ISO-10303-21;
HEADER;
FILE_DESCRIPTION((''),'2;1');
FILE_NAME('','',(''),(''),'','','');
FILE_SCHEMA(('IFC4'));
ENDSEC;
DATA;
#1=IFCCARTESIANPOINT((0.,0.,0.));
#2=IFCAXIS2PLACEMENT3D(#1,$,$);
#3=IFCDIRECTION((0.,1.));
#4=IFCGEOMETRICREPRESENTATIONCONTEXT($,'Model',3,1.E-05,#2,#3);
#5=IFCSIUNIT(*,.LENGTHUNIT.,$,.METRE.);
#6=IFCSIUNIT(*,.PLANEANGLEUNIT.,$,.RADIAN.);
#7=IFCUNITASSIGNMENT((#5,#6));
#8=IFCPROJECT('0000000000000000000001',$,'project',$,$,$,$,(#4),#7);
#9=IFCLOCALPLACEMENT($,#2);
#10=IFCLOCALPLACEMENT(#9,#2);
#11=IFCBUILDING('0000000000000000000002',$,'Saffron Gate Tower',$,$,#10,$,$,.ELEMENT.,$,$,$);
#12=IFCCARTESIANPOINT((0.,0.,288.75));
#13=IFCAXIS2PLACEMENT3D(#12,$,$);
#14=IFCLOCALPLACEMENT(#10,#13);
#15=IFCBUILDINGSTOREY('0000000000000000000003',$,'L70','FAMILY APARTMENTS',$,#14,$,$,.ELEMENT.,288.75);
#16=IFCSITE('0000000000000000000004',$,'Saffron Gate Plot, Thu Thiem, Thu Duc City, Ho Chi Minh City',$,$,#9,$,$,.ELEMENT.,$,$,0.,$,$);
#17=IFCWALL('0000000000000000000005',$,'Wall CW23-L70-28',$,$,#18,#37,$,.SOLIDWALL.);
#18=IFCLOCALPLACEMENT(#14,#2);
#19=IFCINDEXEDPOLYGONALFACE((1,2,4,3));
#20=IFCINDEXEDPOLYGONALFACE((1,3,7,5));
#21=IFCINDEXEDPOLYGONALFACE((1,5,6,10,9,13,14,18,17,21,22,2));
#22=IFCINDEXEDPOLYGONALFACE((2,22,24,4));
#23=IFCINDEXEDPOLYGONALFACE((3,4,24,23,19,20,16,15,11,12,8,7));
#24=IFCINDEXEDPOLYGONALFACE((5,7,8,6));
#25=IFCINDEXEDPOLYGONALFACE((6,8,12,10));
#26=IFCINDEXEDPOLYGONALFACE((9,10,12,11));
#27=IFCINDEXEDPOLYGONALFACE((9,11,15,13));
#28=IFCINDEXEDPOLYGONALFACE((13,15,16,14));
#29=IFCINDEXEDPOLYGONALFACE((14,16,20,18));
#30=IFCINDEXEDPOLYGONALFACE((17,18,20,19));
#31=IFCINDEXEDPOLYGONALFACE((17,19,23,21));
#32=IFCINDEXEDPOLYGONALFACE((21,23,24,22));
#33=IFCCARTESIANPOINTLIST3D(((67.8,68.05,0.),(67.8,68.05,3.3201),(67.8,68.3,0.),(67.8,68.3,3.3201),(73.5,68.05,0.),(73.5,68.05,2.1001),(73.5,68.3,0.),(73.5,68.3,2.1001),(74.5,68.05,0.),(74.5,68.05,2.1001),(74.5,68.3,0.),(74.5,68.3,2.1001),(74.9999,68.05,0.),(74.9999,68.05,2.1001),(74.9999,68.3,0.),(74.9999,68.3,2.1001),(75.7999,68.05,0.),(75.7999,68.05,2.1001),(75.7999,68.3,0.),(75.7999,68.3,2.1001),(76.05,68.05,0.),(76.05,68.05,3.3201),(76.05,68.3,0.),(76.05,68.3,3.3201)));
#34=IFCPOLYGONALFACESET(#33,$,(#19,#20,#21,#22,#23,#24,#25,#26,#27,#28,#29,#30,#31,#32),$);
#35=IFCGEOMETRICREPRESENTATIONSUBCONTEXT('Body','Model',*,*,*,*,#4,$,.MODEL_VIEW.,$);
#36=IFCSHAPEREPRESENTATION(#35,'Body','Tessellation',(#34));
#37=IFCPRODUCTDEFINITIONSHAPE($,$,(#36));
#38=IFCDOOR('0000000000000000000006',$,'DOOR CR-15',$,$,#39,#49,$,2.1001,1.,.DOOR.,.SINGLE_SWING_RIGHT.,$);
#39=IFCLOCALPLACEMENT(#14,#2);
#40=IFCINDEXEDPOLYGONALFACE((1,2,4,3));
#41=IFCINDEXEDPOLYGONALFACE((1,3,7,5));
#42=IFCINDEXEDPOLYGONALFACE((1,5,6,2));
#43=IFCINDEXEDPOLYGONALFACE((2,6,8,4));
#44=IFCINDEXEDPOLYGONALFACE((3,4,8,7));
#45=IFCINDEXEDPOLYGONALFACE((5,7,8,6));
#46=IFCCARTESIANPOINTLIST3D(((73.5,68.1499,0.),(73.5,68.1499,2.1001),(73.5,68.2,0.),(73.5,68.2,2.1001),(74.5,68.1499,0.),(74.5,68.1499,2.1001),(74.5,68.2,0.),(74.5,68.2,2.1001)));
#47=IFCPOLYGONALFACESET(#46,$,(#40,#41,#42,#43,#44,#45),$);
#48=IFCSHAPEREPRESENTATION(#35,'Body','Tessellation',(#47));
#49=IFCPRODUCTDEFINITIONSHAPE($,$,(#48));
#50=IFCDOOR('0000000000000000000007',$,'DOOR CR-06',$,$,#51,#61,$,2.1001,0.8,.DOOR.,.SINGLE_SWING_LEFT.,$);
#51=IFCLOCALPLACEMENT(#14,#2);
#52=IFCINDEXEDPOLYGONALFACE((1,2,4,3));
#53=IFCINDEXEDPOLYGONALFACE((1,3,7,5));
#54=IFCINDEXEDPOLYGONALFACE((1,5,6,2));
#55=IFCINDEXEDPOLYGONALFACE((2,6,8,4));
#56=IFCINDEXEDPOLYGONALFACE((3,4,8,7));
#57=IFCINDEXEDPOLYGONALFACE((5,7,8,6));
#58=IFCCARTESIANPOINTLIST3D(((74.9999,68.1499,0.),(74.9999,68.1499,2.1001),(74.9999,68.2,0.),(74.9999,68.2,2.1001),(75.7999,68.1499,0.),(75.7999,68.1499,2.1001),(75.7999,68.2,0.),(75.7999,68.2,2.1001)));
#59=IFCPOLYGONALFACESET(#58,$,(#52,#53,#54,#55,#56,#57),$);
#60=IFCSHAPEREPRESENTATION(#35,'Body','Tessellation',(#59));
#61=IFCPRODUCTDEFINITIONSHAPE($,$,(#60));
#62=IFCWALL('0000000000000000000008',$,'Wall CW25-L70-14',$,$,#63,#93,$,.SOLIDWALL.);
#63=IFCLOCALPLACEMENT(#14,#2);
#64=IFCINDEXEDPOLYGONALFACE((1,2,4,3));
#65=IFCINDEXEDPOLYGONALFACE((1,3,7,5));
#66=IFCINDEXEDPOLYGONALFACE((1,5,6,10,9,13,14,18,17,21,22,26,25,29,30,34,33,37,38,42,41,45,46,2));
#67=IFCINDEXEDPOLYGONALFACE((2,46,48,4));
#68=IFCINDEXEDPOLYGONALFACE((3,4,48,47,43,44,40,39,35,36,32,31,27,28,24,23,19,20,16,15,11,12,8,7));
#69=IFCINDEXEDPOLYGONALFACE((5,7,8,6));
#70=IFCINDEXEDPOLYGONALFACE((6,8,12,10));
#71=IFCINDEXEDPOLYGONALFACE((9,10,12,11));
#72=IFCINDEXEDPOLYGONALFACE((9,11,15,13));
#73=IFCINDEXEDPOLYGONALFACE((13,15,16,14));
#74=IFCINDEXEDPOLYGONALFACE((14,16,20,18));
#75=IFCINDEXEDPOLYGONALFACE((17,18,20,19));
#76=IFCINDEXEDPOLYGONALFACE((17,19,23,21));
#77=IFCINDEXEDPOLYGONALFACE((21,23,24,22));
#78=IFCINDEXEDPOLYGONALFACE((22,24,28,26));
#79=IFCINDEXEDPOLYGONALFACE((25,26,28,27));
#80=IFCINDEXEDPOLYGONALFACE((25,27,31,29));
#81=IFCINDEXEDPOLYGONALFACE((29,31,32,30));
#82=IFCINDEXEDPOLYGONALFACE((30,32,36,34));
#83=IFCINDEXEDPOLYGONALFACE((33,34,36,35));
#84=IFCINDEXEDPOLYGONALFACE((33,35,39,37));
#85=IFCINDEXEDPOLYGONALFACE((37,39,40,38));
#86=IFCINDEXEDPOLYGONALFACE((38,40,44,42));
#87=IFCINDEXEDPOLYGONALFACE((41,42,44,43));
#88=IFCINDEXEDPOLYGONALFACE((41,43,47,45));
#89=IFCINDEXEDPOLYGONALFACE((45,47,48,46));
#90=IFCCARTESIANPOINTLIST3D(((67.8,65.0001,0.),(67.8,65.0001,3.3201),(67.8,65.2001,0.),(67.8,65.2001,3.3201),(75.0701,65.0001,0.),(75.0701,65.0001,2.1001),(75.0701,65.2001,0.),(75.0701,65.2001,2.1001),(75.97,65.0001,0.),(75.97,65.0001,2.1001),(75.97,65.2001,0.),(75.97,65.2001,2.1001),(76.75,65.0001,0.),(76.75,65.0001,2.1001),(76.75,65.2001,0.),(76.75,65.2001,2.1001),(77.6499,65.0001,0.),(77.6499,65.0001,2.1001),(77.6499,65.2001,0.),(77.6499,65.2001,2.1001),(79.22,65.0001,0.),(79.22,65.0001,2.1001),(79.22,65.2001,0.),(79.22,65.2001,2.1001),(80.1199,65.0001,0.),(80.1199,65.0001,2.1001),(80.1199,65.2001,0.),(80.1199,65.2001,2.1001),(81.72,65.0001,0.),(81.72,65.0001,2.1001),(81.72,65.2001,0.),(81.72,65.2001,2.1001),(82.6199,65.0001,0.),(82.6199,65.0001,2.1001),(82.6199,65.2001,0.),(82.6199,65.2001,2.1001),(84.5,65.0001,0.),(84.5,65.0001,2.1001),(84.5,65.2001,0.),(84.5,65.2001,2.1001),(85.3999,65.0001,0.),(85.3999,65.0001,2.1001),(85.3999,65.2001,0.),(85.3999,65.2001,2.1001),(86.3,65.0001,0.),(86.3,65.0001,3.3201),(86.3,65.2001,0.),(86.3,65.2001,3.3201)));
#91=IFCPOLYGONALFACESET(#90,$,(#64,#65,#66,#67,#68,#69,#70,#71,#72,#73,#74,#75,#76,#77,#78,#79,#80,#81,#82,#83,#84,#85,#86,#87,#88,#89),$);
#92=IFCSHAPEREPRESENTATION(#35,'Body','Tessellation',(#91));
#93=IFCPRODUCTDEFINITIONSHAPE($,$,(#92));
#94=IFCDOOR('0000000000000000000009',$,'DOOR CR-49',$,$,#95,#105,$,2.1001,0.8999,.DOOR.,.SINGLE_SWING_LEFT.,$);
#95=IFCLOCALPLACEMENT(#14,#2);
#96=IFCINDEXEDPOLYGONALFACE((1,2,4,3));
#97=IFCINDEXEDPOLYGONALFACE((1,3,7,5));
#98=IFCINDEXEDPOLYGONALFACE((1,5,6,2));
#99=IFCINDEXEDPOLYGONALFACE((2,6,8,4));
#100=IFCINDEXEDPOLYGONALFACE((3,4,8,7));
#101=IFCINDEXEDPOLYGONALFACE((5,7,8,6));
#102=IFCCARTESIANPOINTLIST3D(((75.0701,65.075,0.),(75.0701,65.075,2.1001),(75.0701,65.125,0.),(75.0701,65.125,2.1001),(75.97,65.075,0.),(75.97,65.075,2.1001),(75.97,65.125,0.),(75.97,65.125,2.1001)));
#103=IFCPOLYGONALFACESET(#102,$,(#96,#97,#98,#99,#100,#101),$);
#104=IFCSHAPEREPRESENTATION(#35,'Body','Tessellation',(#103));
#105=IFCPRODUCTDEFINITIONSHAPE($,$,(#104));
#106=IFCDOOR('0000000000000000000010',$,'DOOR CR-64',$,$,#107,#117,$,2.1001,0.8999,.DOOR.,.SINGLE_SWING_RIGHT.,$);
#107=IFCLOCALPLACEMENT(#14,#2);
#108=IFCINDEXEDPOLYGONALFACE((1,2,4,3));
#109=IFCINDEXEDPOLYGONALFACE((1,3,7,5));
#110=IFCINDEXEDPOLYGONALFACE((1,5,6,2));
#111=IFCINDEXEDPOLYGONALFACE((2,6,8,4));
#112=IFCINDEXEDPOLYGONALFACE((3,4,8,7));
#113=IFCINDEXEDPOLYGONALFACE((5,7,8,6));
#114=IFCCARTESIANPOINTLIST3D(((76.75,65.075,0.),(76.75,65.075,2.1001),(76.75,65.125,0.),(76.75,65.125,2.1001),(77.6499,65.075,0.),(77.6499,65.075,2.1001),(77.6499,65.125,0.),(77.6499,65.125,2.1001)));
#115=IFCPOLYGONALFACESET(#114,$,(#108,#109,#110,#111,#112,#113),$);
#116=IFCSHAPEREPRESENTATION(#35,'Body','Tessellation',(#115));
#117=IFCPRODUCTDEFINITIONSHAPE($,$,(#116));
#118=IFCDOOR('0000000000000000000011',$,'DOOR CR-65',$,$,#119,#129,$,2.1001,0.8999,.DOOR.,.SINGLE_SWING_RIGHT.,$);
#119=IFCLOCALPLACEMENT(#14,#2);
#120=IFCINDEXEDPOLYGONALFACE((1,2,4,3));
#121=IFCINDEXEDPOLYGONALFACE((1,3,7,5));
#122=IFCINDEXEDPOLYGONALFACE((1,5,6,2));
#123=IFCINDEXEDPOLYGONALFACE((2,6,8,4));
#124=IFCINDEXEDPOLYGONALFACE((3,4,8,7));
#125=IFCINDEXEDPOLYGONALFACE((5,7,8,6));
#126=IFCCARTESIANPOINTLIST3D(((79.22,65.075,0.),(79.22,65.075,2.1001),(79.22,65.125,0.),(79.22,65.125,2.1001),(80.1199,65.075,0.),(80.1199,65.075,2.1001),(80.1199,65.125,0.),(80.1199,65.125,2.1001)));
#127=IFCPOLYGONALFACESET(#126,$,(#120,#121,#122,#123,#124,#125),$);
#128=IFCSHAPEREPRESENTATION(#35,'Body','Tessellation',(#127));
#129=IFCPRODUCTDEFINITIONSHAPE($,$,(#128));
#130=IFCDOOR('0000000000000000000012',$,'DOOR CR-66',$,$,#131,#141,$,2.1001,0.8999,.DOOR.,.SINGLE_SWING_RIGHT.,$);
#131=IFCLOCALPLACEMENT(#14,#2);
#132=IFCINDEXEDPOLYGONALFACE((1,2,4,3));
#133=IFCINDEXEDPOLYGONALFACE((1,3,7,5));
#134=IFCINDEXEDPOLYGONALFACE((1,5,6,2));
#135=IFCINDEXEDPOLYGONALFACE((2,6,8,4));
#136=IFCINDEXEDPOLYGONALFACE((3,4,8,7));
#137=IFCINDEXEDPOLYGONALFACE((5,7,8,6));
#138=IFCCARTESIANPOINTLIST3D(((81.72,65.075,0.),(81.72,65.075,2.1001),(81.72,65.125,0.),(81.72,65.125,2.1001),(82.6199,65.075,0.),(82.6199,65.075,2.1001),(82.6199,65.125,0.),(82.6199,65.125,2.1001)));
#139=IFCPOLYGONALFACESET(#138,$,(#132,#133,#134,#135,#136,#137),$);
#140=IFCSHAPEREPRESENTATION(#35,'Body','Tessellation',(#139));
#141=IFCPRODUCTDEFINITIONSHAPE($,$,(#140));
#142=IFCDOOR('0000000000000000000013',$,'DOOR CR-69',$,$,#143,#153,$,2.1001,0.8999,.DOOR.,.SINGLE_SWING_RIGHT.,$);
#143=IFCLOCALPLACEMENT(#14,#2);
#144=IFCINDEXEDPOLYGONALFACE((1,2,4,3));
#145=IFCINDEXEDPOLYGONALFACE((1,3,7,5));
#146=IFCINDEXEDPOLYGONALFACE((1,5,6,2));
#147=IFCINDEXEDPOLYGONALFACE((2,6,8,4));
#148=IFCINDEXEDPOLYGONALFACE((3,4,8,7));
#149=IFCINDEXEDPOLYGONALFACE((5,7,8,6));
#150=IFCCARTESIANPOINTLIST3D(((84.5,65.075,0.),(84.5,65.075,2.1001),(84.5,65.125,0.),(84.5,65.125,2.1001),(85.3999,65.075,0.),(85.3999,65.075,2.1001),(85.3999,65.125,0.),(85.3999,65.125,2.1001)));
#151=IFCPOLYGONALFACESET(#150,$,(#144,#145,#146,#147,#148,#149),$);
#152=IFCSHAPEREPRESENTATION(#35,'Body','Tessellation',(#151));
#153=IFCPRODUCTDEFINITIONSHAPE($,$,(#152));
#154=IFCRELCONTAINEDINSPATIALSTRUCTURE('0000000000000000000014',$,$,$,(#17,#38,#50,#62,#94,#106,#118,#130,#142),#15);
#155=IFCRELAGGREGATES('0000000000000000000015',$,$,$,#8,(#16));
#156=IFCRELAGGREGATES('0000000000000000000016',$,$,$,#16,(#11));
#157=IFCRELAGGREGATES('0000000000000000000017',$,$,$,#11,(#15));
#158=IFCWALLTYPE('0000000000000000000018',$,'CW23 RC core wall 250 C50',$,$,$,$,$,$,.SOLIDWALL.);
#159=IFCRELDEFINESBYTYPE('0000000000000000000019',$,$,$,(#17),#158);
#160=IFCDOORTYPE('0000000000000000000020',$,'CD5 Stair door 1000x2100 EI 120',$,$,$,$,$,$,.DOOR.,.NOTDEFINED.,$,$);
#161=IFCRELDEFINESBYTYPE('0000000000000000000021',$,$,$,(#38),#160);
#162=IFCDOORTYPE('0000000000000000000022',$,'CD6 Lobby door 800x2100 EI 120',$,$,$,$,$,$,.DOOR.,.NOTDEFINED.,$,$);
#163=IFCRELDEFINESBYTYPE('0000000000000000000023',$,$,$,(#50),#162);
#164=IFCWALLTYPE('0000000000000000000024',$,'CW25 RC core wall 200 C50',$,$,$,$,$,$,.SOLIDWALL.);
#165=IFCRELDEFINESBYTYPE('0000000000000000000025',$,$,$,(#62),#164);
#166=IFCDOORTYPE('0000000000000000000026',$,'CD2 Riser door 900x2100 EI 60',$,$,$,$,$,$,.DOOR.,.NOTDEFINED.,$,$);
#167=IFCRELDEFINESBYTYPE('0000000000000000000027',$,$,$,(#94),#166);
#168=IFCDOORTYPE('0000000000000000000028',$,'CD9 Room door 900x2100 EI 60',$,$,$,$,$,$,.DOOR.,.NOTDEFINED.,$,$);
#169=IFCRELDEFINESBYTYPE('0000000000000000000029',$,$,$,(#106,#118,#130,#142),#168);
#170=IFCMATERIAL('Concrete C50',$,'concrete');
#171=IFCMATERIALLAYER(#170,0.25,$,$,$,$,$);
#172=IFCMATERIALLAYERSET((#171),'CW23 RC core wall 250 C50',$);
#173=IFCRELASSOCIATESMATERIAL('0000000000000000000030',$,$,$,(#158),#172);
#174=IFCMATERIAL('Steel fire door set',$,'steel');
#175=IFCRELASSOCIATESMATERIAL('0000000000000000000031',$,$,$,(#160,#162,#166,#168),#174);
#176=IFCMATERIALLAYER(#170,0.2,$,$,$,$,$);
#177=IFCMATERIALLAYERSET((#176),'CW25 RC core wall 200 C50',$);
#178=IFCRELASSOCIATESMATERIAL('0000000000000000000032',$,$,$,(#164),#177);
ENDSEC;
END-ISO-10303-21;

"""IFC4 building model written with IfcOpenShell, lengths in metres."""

from ifc_helpers import new_model, si_unit, direction, frame, frame_2d, origin, place, context, subcontext, project, spatial, rectangle, extrude, material, layer, layer_set, type_object, element, fill, save


model = new_model("IFC4")

# Units and contexts
model_context = context("Model", 3, precision=1e-05, world=origin(), true_north=direction((0.0, 1.0)))
body_context = subcontext(model_context, "Body", "Model", "MODEL_VIEW")
ifc_project = project(units=[si_unit("LENGTHUNIT", "METRE"), si_unit("PLANEANGLEUNIT", "RADIAN")], contexts=[model_context])

# Site, building, storey
site_placement = place(None, origin())
site = spatial("IfcSite", under=ifc_project, at=site_placement, Name="Saffron Gate Plot, Thu Thiem, Thu Duc City, Ho Chi Minh City", CompositionType="ELEMENT", RefElevation=0.0)
building_placement = place(site_placement, origin())
building = spatial("IfcBuilding", under=site, at=building_placement, Name="Saffron Gate Tower", CompositionType="ELEMENT")
storey_placement = place(building_placement, frame((0.0, 0.0, 288.75)))
storey = spatial("IfcBuildingStorey", under=building, at=storey_placement, Name="L70", Description="FAMILY APARTMENTS", CompositionType="ELEMENT", Elevation=288.75)

# Walls, openings, doors
ifc_material_1 = material(Name="Concrete C50", Category="concrete")
ifc_layer_1 = layer(ifc_material_1, 0.25)
ifc_layer_set_1 = layer_set([ifc_layer_1], Name="CW23 RC core wall 250 C50")
wall_type_1 = type_object("IfcWallType", Name="CW23 RC core wall 250 C50", PredefinedType="SOLIDWALL", material=ifc_layer_set_1)
wall_1_placement = place(storey_placement, frame((67.8, 68.175, 0.0), z_axis=(0.0, 0.0, 1.0), x_axis=(1.0, 0.0, 0.0)))
wall_1 = element("IfcWall", 1, at=wall_1_placement, inside=storey, type_object=wall_type_1, Name="Wall CW23-L70-28", PredefinedType="SOLIDWALL", context=body_context, shape_type="SweptSolid", body=[
    extrude(rectangle(XDim=8.25, YDim=0.25, at=frame_2d((4.125, 0.0))), origin(), (0.0, 0.0, 1.0), 3.3201),
])
opening_1_placement = place(wall_1_placement, frame((5.7, 0.0, 0.0)))
opening_1 = element("IfcOpeningElement", 2, at=opening_1_placement, cuts=wall_1, PredefinedType="OPENING", context=body_context, shape_type="SweptSolid", body=[
    extrude(rectangle(XDim=1.0, YDim=2.1001, at=frame_2d((0.5, 1.05))), frame((0.0, 0.135, 0.0), z_axis=(0.0, -1.0, 0.0), x_axis=(1.0, 0.0, 0.0)), (0.0, 0.0, 1.0), 0.27),
])
opening_2_placement = place(wall_1_placement, frame((7.2, 0.0, 0.0)))
opening_2 = element("IfcOpeningElement", 3, at=opening_2_placement, cuts=wall_1, PredefinedType="OPENING", context=body_context, shape_type="SweptSolid", body=[
    extrude(rectangle(XDim=0.8, YDim=2.1001, at=frame_2d((0.3999, 1.05))), frame((0.0, 0.135, 0.0), z_axis=(0.0, -1.0, 0.0), x_axis=(1.0, 0.0, 0.0)), (0.0, 0.0, 1.0), 0.27),
])
ifc_material_2 = material(Name="Steel fire door set", Category="steel")
door_type_1 = type_object("IfcDoorType", Name="CD5 Stair door 1000x2100 EI 120", OperationType="NOTDEFINED", PredefinedType="DOOR", material=ifc_material_2)
door_1_placement = place(opening_1_placement, origin())
door_1 = element("IfcDoor", 4, at=door_1_placement, inside=storey, type_object=door_type_1, Name="DOOR CR-15", OperationType="SINGLE_SWING_RIGHT", OverallHeight=2.1001, OverallWidth=1.0, PredefinedType="DOOR", context=body_context, shape_type="SweptSolid", body=[
    extrude(rectangle(XDim=1.0, YDim=2.1001, at=frame_2d((0.5, 1.05))), frame((0.0, 0.0249, 0.0), z_axis=(0.0, -1.0, 0.0), x_axis=(1.0, 0.0, 0.0)), (0.0, 0.0, 1.0), 0.05),
])
fill(opening_1, door_1)
door_type_2 = type_object("IfcDoorType", Name="CD6 Lobby door 800x2100 EI 120", OperationType="NOTDEFINED", PredefinedType="DOOR", material=ifc_material_2)
door_2_placement = place(opening_2_placement, origin())
door_2 = element("IfcDoor", 5, at=door_2_placement, inside=storey, type_object=door_type_2, Name="DOOR CR-06", OperationType="SINGLE_SWING_LEFT", OverallHeight=2.1001, OverallWidth=0.8, PredefinedType="DOOR", context=body_context, shape_type="SweptSolid", body=[
    extrude(rectangle(XDim=0.8, YDim=2.1001, at=frame_2d((0.3999, 1.05))), frame((0.0, 0.0249, 0.0), z_axis=(0.0, -1.0, 0.0), x_axis=(1.0, 0.0, 0.0)), (0.0, 0.0, 1.0), 0.05),
])
fill(opening_2, door_2)
ifc_layer_2 = layer(ifc_material_1, 0.2)
ifc_layer_set_2 = layer_set([ifc_layer_2], Name="CW25 RC core wall 200 C50")
wall_type_2 = type_object("IfcWallType", Name="CW25 RC core wall 200 C50", PredefinedType="SOLIDWALL", material=ifc_layer_set_2)
wall_2_placement = place(storey_placement, frame((67.8, 65.1001, 0.0), z_axis=(0.0, 0.0, 1.0), x_axis=(1.0, 0.0, 0.0)))
wall_2 = element("IfcWall", 6, at=wall_2_placement, inside=storey, type_object=wall_type_2, Name="Wall CW25-L70-14", PredefinedType="SOLIDWALL", context=body_context, shape_type="SweptSolid", body=[
    extrude(rectangle(XDim=18.5, YDim=0.2, at=frame_2d((9.25, 0.0))), origin(), (0.0, 0.0, 1.0), 3.3201),
])
opening_3_placement = place(wall_2_placement, frame((7.27, 0.0, 0.0)))
opening_3 = element("IfcOpeningElement", 7, at=opening_3_placement, cuts=wall_2, PredefinedType="OPENING", context=body_context, shape_type="SweptSolid", body=[
    extrude(rectangle(XDim=0.8999, YDim=2.1001, at=frame_2d((0.45, 1.05))), frame((0.0, 0.1099, 0.0), z_axis=(0.0, -1.0, 0.0), x_axis=(1.0, 0.0, 0.0)), (0.0, 0.0, 1.0), 0.22),
])
opening_4_placement = place(wall_2_placement, frame((8.95, 0.0, 0.0)))
opening_4 = element("IfcOpeningElement", 8, at=opening_4_placement, cuts=wall_2, PredefinedType="OPENING", context=body_context, shape_type="SweptSolid", body=[
    extrude(rectangle(XDim=0.8999, YDim=2.1001, at=frame_2d((0.45, 1.05))), frame((0.0, 0.1099, 0.0), z_axis=(0.0, -1.0, 0.0), x_axis=(1.0, 0.0, 0.0)), (0.0, 0.0, 1.0), 0.22),
])
opening_5_placement = place(wall_2_placement, frame((11.4199, 0.0, 0.0)))
opening_5 = element("IfcOpeningElement", 9, at=opening_5_placement, cuts=wall_2, PredefinedType="OPENING", context=body_context, shape_type="SweptSolid", body=[
    extrude(rectangle(XDim=0.8999, YDim=2.1001, at=frame_2d((0.45, 1.05))), frame((0.0, 0.1099, 0.0), z_axis=(0.0, -1.0, 0.0), x_axis=(1.0, 0.0, 0.0)), (0.0, 0.0, 1.0), 0.22),
])
opening_6_placement = place(wall_2_placement, frame((13.9199, 0.0, 0.0)))
opening_6 = element("IfcOpeningElement", 10, at=opening_6_placement, cuts=wall_2, PredefinedType="OPENING", context=body_context, shape_type="SweptSolid", body=[
    extrude(rectangle(XDim=0.8999, YDim=2.1001, at=frame_2d((0.45, 1.05))), frame((0.0, 0.1099, 0.0), z_axis=(0.0, -1.0, 0.0), x_axis=(1.0, 0.0, 0.0)), (0.0, 0.0, 1.0), 0.22),
])
opening_7_placement = place(wall_2_placement, frame((16.7, 0.0, 0.0)))
opening_7 = element("IfcOpeningElement", 11, at=opening_7_placement, cuts=wall_2, PredefinedType="OPENING", context=body_context, shape_type="SweptSolid", body=[
    extrude(rectangle(XDim=0.8999, YDim=2.1001, at=frame_2d((0.45, 1.05))), frame((0.0, 0.1099, 0.0), z_axis=(0.0, -1.0, 0.0), x_axis=(1.0, 0.0, 0.0)), (0.0, 0.0, 1.0), 0.22),
])
door_type_3 = type_object("IfcDoorType", Name="CD2 Riser door 900x2100 EI 60", OperationType="NOTDEFINED", PredefinedType="DOOR", material=ifc_material_2)
door_3_placement = place(opening_3_placement, origin())
door_3 = element("IfcDoor", 12, at=door_3_placement, inside=storey, type_object=door_type_3, Name="DOOR CR-49", OperationType="SINGLE_SWING_LEFT", OverallHeight=2.1001, OverallWidth=0.8999, PredefinedType="DOOR", context=body_context, shape_type="SweptSolid", body=[
    extrude(rectangle(XDim=0.8999, YDim=2.1001, at=frame_2d((0.45, 1.05))), frame((0.0, 0.0249, 0.0), z_axis=(0.0, -1.0, 0.0), x_axis=(1.0, 0.0, 0.0)), (0.0, 0.0, 1.0), 0.05),
])
fill(opening_3, door_3)
door_type_4 = type_object("IfcDoorType", Name="CD9 Room door 900x2100 EI 60", OperationType="NOTDEFINED", PredefinedType="DOOR", material=ifc_material_2)
door_4_placement = place(opening_4_placement, origin())
door_4 = element("IfcDoor", 13, at=door_4_placement, inside=storey, type_object=door_type_4, Name="DOOR CR-64", OperationType="SINGLE_SWING_RIGHT", OverallHeight=2.1001, OverallWidth=0.8999, PredefinedType="DOOR", context=body_context, shape_type="SweptSolid", body=[
    extrude(rectangle(XDim=0.8999, YDim=2.1001, at=frame_2d((0.45, 1.05))), frame((0.0, 0.0249, 0.0), z_axis=(0.0, -1.0, 0.0), x_axis=(1.0, 0.0, 0.0)), (0.0, 0.0, 1.0), 0.05),
])
fill(opening_4, door_4)
door_5_placement = place(opening_5_placement, origin())
door_5 = element("IfcDoor", 14, at=door_5_placement, inside=storey, type_object=door_type_4, Name="DOOR CR-65", OperationType="SINGLE_SWING_RIGHT", OverallHeight=2.1001, OverallWidth=0.8999, PredefinedType="DOOR", context=body_context, shape_type="SweptSolid", body=[
    extrude(rectangle(XDim=0.8999, YDim=2.1001, at=frame_2d((0.45, 1.05))), frame((0.0, 0.0249, 0.0), z_axis=(0.0, -1.0, 0.0), x_axis=(1.0, 0.0, 0.0)), (0.0, 0.0, 1.0), 0.05),
])
fill(opening_5, door_5)
door_6_placement = place(opening_6_placement, origin())
door_6 = element("IfcDoor", 15, at=door_6_placement, inside=storey, type_object=door_type_4, Name="DOOR CR-66", OperationType="SINGLE_SWING_RIGHT", OverallHeight=2.1001, OverallWidth=0.8999, PredefinedType="DOOR", context=body_context, shape_type="SweptSolid", body=[
    extrude(rectangle(XDim=0.8999, YDim=2.1001, at=frame_2d((0.45, 1.05))), frame((0.0, 0.0249, 0.0), z_axis=(0.0, -1.0, 0.0), x_axis=(1.0, 0.0, 0.0)), (0.0, 0.0, 1.0), 0.05),
])
fill(opening_6, door_6)
door_7_placement = place(opening_7_placement, origin())
door_7 = element("IfcDoor", 16, at=door_7_placement, inside=storey, type_object=door_type_4, Name="DOOR CR-69", OperationType="SINGLE_SWING_RIGHT", OverallHeight=2.1001, OverallWidth=0.8999, PredefinedType="DOOR", context=body_context, shape_type="SweptSolid", body=[
    extrude(rectangle(XDim=0.8999, YDim=2.1001, at=frame_2d((0.45, 1.05))), frame((0.0, 0.0249, 0.0), z_axis=(0.0, -1.0, 0.0), x_axis=(1.0, 0.0, 0.0)), (0.0, 0.0, 1.0), 0.05),
])
fill(opening_7, door_7)

save(model, "model.ifc")
